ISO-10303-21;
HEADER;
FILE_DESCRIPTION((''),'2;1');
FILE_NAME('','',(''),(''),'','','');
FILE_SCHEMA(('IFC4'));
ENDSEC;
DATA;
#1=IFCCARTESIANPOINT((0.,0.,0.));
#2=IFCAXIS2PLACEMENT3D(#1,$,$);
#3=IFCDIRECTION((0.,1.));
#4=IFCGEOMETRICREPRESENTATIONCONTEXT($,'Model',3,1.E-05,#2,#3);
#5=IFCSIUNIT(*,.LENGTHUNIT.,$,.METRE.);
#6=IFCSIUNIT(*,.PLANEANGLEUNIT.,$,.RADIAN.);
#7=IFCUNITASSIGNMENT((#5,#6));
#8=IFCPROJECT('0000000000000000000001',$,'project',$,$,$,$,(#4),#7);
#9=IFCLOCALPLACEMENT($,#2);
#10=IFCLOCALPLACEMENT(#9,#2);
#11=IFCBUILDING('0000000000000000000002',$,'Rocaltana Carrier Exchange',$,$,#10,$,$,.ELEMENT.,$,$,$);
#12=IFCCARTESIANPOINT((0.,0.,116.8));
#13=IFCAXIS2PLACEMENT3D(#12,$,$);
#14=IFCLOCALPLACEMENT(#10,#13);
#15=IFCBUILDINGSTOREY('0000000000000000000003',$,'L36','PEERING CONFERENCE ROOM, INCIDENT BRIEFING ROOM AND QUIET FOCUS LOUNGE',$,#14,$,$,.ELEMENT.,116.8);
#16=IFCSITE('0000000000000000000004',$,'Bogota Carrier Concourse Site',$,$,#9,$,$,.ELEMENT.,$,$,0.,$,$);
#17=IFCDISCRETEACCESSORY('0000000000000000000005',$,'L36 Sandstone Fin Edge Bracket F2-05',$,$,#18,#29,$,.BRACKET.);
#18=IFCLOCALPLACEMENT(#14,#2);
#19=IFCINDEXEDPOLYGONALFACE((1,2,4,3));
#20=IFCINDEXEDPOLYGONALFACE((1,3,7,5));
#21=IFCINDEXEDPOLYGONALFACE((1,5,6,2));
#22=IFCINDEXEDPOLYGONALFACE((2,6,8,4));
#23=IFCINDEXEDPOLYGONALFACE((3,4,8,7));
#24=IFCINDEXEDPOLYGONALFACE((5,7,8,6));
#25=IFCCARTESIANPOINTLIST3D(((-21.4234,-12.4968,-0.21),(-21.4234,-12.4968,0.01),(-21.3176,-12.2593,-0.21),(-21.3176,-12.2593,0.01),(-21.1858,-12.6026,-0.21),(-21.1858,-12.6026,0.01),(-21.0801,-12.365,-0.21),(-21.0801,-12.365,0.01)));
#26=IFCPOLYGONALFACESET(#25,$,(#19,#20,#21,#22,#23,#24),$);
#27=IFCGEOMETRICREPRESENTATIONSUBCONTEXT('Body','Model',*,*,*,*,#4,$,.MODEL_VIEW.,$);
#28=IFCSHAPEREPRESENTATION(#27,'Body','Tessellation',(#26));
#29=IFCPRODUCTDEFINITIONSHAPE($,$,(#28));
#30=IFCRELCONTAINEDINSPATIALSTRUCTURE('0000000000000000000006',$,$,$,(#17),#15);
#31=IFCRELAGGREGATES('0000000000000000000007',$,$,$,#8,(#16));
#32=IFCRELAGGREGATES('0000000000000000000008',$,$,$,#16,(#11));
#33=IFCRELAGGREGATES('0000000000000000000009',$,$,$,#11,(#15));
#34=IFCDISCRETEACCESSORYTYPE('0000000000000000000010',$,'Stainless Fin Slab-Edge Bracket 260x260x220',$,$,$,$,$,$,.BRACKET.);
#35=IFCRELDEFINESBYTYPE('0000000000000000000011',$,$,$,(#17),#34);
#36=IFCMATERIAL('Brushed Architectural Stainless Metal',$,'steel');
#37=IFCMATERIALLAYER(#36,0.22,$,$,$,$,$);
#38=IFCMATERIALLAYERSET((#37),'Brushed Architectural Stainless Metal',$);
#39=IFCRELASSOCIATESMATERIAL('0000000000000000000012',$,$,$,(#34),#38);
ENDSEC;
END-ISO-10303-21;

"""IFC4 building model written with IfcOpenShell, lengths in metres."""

from ifc_helpers import new_model, si_unit, direction, frame, origin, origin_2d, place, context, subcontext, project, spatial, rectangle, extrude, material, layer, layer_set, type_object, element, save


model = new_model("IFC4")

# Units and contexts
model_context = context("Model", 3, precision=1e-05, world=origin(), true_north=direction((0.0, 1.0)))
body_context = subcontext(model_context, "Body", "Model", "MODEL_VIEW")
ifc_project = project(units=[si_unit("LENGTHUNIT", "METRE"), si_unit("PLANEANGLEUNIT", "RADIAN")], contexts=[model_context])

# Site, building, storey
site_placement = place(None, origin())
site = spatial("IfcSite", under=ifc_project, at=site_placement, Name="Bogota Carrier Concourse Site", CompositionType="ELEMENT", RefElevation=0.0)
building_placement = place(site_placement, origin())
building = spatial("IfcBuilding", under=site, at=building_placement, Name="Rocaltana Carrier Exchange", CompositionType="ELEMENT")
storey_placement = place(building_placement, frame((0.0, 0.0, 116.8)))
storey = spatial("IfcBuildingStorey", under=building, at=storey_placement, Name="L36", Description="PEERING CONFERENCE ROOM, INCIDENT BRIEFING ROOM AND QUIET FOCUS LOUNGE", CompositionType="ELEMENT", Elevation=116.8)

# Discrete accessory
ifc_material_1 = material(Name="Brushed Architectural Stainless Metal", Category="steel")
ifc_layer_1 = layer(ifc_material_1, 0.22)
ifc_layer_set_1 = layer_set([ifc_layer_1], Name="Brushed Architectural Stainless Metal")
discrete_accessory_type = type_object("IfcDiscreteAccessoryType", Name="Stainless Fin Slab-Edge Bracket 260x260x220", PredefinedType="BRACKET", material=ifc_layer_set_1)
for number, where, z_axis, x_axis, name in (
    (1, (-21.2517, -12.4309, -0.21), (0.0, 0.0, 1.0), (-0.406737, -0.913545, 0.0), "L36 Sandstone Fin Edge Bracket F2-05"),
):
    element("IfcDiscreteAccessory", number, at=place(storey_placement, frame(where, z_axis=z_axis, x_axis=x_axis)), inside=storey, type_object=discrete_accessory_type, Name=name, PredefinedType="BRACKET", context=body_context, shape_type="SweptSolid", body=[
        extrude(rectangle(XDim=0.26, YDim=0.26, at=origin_2d()), origin(), (0.0, 0.0, 1.0), 0.22),
    ])

save(model, "model.ifc")
